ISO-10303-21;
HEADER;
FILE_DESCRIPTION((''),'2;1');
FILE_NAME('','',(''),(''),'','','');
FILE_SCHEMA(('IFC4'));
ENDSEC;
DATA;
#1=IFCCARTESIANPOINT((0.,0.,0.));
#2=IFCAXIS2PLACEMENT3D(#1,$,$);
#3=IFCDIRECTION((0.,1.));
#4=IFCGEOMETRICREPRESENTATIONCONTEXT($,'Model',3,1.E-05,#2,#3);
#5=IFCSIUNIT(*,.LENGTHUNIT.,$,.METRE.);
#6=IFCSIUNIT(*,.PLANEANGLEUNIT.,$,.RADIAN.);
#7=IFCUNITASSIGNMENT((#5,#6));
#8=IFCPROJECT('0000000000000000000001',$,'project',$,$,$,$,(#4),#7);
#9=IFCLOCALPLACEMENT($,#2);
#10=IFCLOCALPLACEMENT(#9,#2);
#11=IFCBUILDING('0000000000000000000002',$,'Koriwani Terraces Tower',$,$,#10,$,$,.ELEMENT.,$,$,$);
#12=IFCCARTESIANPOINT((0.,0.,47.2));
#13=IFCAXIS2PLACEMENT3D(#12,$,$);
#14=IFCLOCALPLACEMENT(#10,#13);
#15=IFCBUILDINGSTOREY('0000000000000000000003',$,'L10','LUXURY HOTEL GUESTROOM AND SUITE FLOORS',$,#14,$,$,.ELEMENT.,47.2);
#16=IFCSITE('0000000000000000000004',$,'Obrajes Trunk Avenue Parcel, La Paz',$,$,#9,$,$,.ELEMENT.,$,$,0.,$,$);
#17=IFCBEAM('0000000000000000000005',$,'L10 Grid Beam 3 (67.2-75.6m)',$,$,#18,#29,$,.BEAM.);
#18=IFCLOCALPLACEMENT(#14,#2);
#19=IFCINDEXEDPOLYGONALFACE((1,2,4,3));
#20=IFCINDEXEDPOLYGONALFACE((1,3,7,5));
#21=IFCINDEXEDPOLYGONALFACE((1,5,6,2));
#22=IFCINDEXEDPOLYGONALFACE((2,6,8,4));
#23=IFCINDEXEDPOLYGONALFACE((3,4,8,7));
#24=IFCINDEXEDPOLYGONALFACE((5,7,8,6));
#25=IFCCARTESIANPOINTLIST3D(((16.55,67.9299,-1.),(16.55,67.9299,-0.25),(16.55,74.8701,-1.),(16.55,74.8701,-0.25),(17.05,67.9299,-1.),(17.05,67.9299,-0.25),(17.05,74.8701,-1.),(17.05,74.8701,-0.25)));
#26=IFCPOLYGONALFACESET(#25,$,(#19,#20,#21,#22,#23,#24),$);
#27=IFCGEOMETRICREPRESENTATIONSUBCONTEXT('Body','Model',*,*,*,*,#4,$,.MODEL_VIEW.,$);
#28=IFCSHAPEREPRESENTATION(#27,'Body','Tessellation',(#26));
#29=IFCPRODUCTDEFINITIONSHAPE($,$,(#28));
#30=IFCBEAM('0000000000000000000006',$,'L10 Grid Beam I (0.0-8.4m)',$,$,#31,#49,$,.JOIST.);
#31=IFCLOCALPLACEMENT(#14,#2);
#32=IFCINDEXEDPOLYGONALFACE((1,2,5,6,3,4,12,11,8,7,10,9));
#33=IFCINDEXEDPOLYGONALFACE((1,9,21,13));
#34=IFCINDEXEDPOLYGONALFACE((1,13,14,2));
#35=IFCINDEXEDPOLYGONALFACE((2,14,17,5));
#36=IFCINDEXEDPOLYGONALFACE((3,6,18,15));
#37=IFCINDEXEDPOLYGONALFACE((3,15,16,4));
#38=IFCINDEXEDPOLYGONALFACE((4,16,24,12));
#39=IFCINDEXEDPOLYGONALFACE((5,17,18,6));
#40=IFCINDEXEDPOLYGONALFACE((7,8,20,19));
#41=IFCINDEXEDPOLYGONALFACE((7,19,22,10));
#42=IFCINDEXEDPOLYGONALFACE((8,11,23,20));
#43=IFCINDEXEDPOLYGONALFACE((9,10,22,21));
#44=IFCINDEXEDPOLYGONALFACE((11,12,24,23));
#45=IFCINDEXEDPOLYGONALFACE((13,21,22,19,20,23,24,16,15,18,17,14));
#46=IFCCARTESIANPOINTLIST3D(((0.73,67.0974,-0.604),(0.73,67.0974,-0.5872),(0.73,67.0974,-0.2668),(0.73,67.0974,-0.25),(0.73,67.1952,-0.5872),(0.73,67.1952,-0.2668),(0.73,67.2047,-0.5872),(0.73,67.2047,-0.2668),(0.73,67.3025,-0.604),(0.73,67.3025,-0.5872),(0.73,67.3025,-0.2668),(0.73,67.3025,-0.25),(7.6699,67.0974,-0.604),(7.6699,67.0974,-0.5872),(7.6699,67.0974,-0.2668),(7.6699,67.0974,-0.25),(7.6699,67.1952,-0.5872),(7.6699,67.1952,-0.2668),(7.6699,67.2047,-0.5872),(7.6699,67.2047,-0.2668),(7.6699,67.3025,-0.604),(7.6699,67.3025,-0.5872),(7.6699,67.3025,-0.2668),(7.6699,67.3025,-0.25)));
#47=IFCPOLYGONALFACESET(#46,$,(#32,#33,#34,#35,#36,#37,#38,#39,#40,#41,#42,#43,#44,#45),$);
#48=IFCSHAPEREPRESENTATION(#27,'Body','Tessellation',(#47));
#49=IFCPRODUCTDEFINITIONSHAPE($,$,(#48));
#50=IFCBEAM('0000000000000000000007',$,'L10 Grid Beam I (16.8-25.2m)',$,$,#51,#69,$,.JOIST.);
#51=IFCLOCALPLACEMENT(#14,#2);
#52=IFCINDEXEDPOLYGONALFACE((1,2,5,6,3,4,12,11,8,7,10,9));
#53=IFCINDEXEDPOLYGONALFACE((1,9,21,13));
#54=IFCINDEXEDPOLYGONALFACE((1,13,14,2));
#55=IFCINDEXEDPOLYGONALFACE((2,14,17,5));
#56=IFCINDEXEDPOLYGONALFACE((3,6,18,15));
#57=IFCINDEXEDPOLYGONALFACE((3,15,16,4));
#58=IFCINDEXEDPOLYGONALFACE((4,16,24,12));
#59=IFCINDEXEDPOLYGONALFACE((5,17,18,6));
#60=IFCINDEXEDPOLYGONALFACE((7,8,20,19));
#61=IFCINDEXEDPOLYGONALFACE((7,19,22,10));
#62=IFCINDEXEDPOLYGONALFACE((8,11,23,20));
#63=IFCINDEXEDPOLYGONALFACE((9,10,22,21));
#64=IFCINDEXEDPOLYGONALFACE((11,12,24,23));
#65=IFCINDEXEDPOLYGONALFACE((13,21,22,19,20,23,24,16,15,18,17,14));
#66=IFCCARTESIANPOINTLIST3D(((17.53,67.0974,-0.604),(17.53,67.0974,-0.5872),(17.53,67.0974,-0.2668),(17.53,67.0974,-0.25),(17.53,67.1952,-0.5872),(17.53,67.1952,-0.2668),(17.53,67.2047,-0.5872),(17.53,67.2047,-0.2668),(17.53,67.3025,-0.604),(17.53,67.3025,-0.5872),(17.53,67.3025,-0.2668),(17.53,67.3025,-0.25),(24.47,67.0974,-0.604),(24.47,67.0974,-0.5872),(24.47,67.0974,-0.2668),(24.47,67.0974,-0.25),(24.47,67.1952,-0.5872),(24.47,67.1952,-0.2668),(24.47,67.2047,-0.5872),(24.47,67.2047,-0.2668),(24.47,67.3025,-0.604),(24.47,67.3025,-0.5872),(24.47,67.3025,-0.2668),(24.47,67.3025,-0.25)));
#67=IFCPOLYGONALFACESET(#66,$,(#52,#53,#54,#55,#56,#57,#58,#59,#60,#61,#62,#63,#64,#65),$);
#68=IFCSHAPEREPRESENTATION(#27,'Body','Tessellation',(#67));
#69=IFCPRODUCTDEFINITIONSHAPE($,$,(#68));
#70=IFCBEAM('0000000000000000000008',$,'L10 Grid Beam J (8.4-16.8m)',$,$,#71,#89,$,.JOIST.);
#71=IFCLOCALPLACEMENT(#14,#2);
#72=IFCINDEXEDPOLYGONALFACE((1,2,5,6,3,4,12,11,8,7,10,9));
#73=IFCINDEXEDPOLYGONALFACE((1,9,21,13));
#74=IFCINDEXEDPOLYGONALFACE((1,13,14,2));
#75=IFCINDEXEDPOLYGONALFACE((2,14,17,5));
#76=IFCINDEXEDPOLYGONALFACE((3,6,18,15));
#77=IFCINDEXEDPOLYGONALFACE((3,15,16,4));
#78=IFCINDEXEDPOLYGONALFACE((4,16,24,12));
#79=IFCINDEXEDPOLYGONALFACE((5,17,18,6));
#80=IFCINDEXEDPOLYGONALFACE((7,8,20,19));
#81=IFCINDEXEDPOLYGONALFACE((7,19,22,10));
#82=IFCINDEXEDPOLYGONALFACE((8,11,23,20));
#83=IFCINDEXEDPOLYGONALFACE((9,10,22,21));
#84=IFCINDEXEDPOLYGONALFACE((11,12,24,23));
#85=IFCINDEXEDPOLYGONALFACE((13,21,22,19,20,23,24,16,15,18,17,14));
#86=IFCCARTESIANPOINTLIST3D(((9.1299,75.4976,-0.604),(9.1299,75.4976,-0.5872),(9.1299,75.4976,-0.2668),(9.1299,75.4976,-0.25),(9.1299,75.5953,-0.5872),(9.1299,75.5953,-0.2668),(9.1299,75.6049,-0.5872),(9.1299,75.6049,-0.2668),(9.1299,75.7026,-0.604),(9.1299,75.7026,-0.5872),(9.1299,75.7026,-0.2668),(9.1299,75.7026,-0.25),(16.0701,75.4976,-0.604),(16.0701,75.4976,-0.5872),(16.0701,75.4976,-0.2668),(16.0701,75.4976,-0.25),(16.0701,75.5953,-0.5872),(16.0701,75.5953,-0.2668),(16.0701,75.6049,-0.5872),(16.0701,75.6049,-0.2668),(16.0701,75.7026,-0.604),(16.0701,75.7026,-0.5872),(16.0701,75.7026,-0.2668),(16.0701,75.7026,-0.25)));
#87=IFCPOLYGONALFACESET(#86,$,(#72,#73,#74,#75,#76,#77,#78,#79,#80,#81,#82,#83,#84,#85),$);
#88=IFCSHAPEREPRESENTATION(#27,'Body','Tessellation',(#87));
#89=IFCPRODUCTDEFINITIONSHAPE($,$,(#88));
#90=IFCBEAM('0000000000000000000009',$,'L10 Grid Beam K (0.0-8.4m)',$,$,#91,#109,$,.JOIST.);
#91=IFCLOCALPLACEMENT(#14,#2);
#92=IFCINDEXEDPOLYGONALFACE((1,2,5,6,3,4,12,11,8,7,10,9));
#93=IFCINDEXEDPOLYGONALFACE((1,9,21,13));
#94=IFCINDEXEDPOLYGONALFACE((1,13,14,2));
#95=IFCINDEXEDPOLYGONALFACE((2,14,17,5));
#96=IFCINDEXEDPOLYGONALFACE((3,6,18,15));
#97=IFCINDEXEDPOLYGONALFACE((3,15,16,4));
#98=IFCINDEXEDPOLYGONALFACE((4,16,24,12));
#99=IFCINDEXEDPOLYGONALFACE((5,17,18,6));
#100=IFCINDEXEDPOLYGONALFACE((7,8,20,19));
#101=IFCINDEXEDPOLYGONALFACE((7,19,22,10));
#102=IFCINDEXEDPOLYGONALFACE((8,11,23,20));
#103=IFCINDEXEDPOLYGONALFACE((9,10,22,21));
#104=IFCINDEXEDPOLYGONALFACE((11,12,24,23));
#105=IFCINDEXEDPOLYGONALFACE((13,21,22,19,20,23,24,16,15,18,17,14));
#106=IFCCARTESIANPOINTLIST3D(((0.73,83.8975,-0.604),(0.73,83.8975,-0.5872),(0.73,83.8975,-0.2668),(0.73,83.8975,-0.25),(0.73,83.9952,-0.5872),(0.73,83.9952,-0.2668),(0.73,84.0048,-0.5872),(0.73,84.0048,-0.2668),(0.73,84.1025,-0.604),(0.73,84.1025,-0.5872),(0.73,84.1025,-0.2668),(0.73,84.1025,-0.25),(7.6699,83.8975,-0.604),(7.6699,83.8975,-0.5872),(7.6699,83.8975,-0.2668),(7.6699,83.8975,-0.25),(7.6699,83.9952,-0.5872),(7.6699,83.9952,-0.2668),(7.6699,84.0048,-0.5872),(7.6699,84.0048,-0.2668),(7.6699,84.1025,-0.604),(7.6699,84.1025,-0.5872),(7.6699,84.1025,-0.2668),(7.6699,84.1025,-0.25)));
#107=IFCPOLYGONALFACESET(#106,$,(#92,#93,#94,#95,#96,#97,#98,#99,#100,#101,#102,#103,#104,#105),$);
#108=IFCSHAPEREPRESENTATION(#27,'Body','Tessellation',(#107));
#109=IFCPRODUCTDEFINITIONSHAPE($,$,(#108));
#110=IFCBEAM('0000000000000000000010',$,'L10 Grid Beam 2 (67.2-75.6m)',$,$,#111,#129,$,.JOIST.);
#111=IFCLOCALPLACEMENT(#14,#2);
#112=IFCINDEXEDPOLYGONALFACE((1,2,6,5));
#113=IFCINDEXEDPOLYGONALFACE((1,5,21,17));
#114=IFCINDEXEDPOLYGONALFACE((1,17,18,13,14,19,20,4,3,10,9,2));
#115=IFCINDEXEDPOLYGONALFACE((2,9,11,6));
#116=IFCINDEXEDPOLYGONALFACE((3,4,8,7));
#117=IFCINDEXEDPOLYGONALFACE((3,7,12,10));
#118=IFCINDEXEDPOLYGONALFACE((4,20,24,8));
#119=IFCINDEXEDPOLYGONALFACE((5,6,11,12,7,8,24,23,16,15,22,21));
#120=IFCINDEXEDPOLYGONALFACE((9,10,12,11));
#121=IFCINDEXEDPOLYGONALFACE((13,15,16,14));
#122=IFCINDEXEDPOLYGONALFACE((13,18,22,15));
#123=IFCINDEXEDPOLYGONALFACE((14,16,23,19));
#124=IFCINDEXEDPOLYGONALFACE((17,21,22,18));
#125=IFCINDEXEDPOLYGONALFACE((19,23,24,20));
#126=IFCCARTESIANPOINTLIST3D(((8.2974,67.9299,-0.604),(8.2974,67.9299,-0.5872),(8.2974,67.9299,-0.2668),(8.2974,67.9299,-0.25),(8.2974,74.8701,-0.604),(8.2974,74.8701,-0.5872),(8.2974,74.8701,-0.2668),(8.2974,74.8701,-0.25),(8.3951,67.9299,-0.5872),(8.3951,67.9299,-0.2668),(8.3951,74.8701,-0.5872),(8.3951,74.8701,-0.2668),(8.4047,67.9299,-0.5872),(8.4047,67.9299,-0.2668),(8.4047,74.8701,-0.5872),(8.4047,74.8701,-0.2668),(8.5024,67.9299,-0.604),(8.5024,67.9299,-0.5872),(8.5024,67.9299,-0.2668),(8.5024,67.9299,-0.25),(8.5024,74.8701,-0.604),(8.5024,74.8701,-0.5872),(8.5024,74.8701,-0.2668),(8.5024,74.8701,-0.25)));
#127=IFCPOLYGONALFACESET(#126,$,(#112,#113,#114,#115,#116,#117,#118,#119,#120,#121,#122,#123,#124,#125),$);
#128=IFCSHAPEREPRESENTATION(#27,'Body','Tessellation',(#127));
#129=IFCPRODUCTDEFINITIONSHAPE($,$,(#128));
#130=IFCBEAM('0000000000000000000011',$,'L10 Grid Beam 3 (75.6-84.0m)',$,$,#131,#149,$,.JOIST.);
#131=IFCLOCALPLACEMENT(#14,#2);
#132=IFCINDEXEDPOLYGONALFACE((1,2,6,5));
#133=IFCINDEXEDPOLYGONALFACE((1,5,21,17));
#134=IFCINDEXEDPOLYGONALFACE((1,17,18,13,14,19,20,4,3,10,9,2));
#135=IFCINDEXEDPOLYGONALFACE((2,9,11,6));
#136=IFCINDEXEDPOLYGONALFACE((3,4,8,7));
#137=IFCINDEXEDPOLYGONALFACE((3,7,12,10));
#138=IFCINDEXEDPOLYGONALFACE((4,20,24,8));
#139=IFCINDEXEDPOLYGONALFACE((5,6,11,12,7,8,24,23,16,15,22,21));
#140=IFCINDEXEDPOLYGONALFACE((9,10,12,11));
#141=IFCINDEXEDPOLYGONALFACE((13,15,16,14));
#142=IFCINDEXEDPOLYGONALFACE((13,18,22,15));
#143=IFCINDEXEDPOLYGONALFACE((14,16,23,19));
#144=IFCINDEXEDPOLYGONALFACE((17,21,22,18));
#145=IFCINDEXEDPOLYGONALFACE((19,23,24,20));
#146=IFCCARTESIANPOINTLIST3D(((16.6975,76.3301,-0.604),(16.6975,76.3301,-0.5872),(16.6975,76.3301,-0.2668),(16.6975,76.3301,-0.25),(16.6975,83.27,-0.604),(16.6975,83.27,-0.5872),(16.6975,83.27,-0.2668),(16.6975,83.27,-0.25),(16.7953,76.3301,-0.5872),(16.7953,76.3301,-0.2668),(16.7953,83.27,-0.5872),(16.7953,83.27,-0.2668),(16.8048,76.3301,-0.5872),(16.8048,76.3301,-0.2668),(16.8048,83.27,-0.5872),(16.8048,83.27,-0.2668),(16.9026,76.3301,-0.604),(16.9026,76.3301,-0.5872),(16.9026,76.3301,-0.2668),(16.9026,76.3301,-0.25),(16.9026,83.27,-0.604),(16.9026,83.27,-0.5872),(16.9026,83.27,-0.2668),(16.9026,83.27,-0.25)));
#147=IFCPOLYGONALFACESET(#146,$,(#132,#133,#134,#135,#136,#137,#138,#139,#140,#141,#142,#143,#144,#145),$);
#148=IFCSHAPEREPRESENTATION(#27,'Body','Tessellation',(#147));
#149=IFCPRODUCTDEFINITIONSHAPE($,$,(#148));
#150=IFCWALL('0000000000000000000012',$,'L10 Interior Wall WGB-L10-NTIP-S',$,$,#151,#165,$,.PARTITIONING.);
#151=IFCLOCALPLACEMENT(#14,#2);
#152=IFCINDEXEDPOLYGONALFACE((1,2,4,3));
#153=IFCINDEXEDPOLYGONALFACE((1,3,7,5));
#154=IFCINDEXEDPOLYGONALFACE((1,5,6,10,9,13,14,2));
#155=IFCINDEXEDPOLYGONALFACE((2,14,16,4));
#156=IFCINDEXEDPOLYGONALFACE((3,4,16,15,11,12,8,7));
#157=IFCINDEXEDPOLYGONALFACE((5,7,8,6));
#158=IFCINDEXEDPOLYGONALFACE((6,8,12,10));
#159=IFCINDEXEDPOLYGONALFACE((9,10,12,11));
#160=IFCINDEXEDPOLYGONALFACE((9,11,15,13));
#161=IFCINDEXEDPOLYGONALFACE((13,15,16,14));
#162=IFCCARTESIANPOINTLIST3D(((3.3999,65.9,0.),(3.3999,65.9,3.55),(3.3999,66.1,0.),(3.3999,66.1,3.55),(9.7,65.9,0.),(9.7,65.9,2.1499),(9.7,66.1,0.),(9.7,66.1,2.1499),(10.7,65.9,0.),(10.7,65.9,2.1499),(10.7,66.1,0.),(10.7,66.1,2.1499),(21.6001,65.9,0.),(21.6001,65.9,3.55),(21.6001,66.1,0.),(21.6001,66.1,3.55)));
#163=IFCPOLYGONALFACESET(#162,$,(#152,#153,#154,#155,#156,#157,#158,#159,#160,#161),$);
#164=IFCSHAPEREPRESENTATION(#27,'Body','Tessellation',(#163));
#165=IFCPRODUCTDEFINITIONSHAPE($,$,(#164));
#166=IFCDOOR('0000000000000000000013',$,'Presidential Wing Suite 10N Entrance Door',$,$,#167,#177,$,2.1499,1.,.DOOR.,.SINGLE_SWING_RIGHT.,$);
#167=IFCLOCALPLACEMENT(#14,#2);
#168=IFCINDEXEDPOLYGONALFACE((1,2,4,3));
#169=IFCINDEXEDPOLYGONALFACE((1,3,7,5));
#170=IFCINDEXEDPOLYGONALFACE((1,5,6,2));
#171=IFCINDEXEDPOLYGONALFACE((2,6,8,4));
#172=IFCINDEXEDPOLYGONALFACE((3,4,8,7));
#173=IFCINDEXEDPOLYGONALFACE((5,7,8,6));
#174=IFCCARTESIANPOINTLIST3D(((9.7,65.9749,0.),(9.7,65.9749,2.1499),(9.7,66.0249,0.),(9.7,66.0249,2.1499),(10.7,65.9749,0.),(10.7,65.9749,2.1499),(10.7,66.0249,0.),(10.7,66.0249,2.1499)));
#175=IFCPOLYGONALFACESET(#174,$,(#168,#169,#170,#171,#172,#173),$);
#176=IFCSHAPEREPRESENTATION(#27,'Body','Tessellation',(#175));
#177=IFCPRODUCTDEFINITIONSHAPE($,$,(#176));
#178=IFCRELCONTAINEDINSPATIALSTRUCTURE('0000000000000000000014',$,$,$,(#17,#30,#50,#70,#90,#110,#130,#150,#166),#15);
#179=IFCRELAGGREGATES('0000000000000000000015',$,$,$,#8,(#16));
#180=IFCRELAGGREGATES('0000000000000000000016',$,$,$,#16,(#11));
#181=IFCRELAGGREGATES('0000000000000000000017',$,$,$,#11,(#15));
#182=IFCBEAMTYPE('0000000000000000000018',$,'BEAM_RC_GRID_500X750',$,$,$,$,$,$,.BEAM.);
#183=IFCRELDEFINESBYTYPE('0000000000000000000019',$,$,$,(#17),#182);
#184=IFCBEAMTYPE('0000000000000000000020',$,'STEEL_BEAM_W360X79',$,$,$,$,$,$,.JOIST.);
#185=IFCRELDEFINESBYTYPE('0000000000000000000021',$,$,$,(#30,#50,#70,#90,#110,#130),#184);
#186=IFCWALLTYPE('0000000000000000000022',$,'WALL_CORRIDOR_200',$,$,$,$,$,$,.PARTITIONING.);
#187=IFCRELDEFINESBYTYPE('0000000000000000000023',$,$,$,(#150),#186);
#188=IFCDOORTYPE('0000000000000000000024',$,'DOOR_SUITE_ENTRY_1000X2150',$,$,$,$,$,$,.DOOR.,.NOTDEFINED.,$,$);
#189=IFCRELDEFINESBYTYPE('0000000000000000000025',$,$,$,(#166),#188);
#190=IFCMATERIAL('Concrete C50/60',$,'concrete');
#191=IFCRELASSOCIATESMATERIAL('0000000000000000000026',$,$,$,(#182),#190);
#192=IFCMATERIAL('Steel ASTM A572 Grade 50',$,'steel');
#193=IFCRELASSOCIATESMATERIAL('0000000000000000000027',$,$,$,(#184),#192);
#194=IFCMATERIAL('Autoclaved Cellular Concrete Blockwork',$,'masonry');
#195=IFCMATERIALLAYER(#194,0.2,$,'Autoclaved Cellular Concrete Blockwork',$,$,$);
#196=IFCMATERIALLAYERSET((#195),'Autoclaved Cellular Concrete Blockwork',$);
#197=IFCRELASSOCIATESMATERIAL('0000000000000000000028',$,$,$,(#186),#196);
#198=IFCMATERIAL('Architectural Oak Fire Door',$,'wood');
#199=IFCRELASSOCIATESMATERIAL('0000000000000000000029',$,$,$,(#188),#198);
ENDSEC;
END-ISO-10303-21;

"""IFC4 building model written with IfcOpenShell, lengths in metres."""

from ifc_helpers import new_model, si_unit, direction, frame, frame_2d, origin, origin_2d, place, context, subcontext, project, spatial, rectangle, i_section, extrude, material, layer, layer_set, material_profile, profile_set, type_object, element, fill, save


model = new_model("IFC4")

# Units and contexts
model_context = context("Model", 3, precision=1e-05, world=origin(), true_north=direction((0.0, 1.0)))
body_context = subcontext(model_context, "Body", "Model", "MODEL_VIEW")
ifc_project = project(units=[si_unit("LENGTHUNIT", "METRE"), si_unit("PLANEANGLEUNIT", "RADIAN")], contexts=[model_context])

# Site, building, storey
site_placement = place(None, origin())
site = spatial("IfcSite", under=ifc_project, at=site_placement, Name="Obrajes Trunk Avenue Parcel, La Paz", CompositionType="ELEMENT", RefElevation=0.0)
building_placement = place(site_placement, origin())
building = spatial("IfcBuilding", under=site, at=building_placement, Name="Koriwani Terraces Tower", CompositionType="ELEMENT")
storey_placement = place(building_placement, frame((0.0, 0.0, 47.2)))
storey = spatial("IfcBuildingStorey", under=building, at=storey_placement, Name="L10", Description="LUXURY HOTEL GUESTROOM AND SUITE FLOORS", CompositionType="ELEMENT", Elevation=47.2)

# Beams
ifc_material_1 = material(Name="Concrete C50/60", Category="concrete")
ifc_material_profile_1 = material_profile(ifc_material_1, rectangle(XDim=0.5, YDim=0.75, at=origin_2d()), Name="Concrete C50/60", Category="LoadBearing")
ifc_profile_set_1 = profile_set([ifc_material_profile_1], Name="Concrete C50/60")
beam_type_1 = type_object("IfcBeamType", Name="BEAM_RC_GRID_500X750", PredefinedType="BEAM", material=ifc_profile_set_1)
beam_1_placement = place(storey_placement, frame((16.8, 67.9299, -0.625), z_axis=(0.0, 1.0, 0.0), x_axis=(-1.0, 0.0, 0.0)))
element("IfcBeam", 1, at=beam_1_placement, inside=storey, type_object=beam_type_1, Name="L10 Grid Beam 3 (67.2-75.6m)", PredefinedType="BEAM", context=body_context, shape_type="SweptSolid", body=[
    extrude(rectangle(XDim=0.5, YDim=0.75, at=origin_2d()), origin(), (0.0, 0.0, 1.0), 6.9402),
])
ifc_material_2 = material(Name="Steel ASTM A572 Grade 50", Category="steel")
ifc_material_profile_2 = material_profile(ifc_material_2, i_section(OverallWidth=0.2051, OverallDepth=0.354, WebThickness=0.0095, FlangeThickness=0.0168, at=origin_2d()), Name="Steel ASTM A572 Grade 50", Category="LoadBearing")
ifc_profile_set_2 = profile_set([ifc_material_profile_2], Name="Steel ASTM A572 Grade 50")
beam_type_2 = type_object("IfcBeamType", Name="STEEL_BEAM_W360X79", PredefinedType="JOIST", material=ifc_profile_set_2)
for number, where, z_axis, x_axis, name in (
    (2, (0.73, 67.2, -0.427), (1.0, 0.0, 0.0), (0.0, 1.0, 0.0), "L10 Grid Beam I (0.0-8.4m)"),
    (3, (17.53, 67.2, -0.427), (1.0, 0.0, 0.0), (0.0, 1.0, 0.0), "L10 Grid Beam I (16.8-25.2m)"),
):
    element("IfcBeam", number, at=place(storey_placement, frame(where, z_axis=z_axis, x_axis=x_axis)), inside=storey, type_object=beam_type_2, Name=name, PredefinedType="JOIST", context=body_context, shape_type="SweptSolid", body=[
        extrude(i_section(OverallWidth=0.2051, OverallDepth=0.354, WebThickness=0.0095, FlangeThickness=0.0168, at=origin_2d()), origin(), (0.0, 0.0, 1.0), 6.9399),
    ])
beam_2_placement = place(storey_placement, frame((9.1299, 75.6001, -0.427), z_axis=(1.0, 0.0, 0.0), x_axis=(0.0, 1.0, 0.0)))
element("IfcBeam", 4, at=beam_2_placement, inside=storey, type_object=beam_type_2, Name="L10 Grid Beam J (8.4-16.8m)", PredefinedType="JOIST", context=body_context, shape_type="SweptSolid", body=[
    extrude(i_section(OverallWidth=0.2051, OverallDepth=0.354, WebThickness=0.0095, FlangeThickness=0.0168, at=origin_2d()), origin(), (0.0, 0.0, 1.0), 6.9402),
])
beam_3_placement = place(storey_placement, frame((0.73, 84.0, -0.427), z_axis=(1.0, 0.0, 0.0), x_axis=(0.0, 1.0, 0.0)))
element("IfcBeam", 5, at=beam_3_placement, inside=storey, type_object=beam_type_2, Name="L10 Grid Beam K (0.0-8.4m)", PredefinedType="JOIST", context=body_context, shape_type="SweptSolid", body=[
    extrude(i_section(OverallWidth=0.2051, OverallDepth=0.354, WebThickness=0.0095, FlangeThickness=0.0168, at=origin_2d()), origin(), (0.0, 0.0, 1.0), 6.9399),
])
beam_4_placement = place(storey_placement, frame((8.3999, 67.9299, -0.427), z_axis=(0.0, 1.0, 0.0), x_axis=(-1.0, 0.0, 0.0)))
element("IfcBeam", 6, at=beam_4_placement, inside=storey, type_object=beam_type_2, Name="L10 Grid Beam 2 (67.2-75.6m)", PredefinedType="JOIST", context=body_context, shape_type="SweptSolid", body=[
    extrude(i_section(OverallWidth=0.2051, OverallDepth=0.354, WebThickness=0.0095, FlangeThickness=0.0168, at=origin_2d()), origin(), (0.0, 0.0, 1.0), 6.9402),
])
beam_5_placement = place(storey_placement, frame((16.8, 76.3301, -0.427), z_axis=(0.0, 1.0, 0.0), x_axis=(-1.0, 0.0, 0.0)))
element("IfcBeam", 7, at=beam_5_placement, inside=storey, type_object=beam_type_2, Name="L10 Grid Beam 3 (75.6-84.0m)", PredefinedType="JOIST", context=body_context, shape_type="SweptSolid", body=[
    extrude(i_section(OverallWidth=0.2051, OverallDepth=0.354, WebThickness=0.0095, FlangeThickness=0.0168, at=origin_2d()), origin(), (0.0, 0.0, 1.0), 6.9399),
])

# Wall, opening, door
ifc_material_3 = material(Name="Autoclaved Cellular Concrete Blockwork", Category="masonry")
ifc_layer_1 = layer(ifc_material_3, 0.2, Name="Autoclaved Cellular Concrete Blockwork")
ifc_layer_set_1 = layer_set([ifc_layer_1], Name="Autoclaved Cellular Concrete Blockwork")
wall_type_1 = type_object("IfcWallType", Name="WALL_CORRIDOR_200", PredefinedType="PARTITIONING", material=ifc_layer_set_1)
wall_1_placement = place(storey_placement, frame((3.3999, 66.0, 0.0), z_axis=(0.0, 0.0, 1.0), x_axis=(1.0, 0.0, 0.0)))
wall_1 = element("IfcWall", 8, at=wall_1_placement, inside=storey, type_object=wall_type_1, Name="L10 Interior Wall WGB-L10-NTIP-S", PredefinedType="PARTITIONING", context=body_context, shape_type="SweptSolid", body=[
    extrude(rectangle(XDim=18.2002, YDim=0.2, at=frame_2d((9.1001, 0.0))), origin(), (0.0, 0.0, 1.0), 3.55),
])
opening_1_placement = place(wall_1_placement, frame((6.3, 0.0, 0.0)))
opening_1 = element("IfcOpeningElement", 9, at=opening_1_placement, cuts=wall_1, PredefinedType="OPENING", context=body_context, shape_type="SweptSolid", body=[
    extrude(rectangle(XDim=1.0, YDim=2.1499, at=frame_2d((0.5, 1.075))), frame((0.0, 0.1099, 0.0), z_axis=(0.0, -1.0, 0.0), x_axis=(1.0, 0.0, 0.0)), (0.0, 0.0, 1.0), 0.22),
])
ifc_material_4 = material(Name="Architectural Oak Fire Door", Category="wood")
door_type_1 = type_object("IfcDoorType", Name="DOOR_SUITE_ENTRY_1000X2150", OperationType="NOTDEFINED", PredefinedType="DOOR", material=ifc_material_4)
door_1_placement = place(opening_1_placement, origin())
door_1 = element("IfcDoor", 10, at=door_1_placement, inside=storey, type_object=door_type_1, Name="Presidential Wing Suite 10N Entrance Door", OperationType="SINGLE_SWING_RIGHT", OverallHeight=2.1499, OverallWidth=1.0, PredefinedType="DOOR", context=body_context, shape_type="SweptSolid", body=[
    extrude(rectangle(XDim=1.0, YDim=2.1499, at=frame_2d((0.5, 1.075))), frame((0.0, 0.0249, 0.0), z_axis=(0.0, -1.0, 0.0), x_axis=(1.0, 0.0, 0.0)), (0.0, 0.0, 1.0), 0.05),
])
fill(opening_1, door_1)

save(model, "model.ifc")
